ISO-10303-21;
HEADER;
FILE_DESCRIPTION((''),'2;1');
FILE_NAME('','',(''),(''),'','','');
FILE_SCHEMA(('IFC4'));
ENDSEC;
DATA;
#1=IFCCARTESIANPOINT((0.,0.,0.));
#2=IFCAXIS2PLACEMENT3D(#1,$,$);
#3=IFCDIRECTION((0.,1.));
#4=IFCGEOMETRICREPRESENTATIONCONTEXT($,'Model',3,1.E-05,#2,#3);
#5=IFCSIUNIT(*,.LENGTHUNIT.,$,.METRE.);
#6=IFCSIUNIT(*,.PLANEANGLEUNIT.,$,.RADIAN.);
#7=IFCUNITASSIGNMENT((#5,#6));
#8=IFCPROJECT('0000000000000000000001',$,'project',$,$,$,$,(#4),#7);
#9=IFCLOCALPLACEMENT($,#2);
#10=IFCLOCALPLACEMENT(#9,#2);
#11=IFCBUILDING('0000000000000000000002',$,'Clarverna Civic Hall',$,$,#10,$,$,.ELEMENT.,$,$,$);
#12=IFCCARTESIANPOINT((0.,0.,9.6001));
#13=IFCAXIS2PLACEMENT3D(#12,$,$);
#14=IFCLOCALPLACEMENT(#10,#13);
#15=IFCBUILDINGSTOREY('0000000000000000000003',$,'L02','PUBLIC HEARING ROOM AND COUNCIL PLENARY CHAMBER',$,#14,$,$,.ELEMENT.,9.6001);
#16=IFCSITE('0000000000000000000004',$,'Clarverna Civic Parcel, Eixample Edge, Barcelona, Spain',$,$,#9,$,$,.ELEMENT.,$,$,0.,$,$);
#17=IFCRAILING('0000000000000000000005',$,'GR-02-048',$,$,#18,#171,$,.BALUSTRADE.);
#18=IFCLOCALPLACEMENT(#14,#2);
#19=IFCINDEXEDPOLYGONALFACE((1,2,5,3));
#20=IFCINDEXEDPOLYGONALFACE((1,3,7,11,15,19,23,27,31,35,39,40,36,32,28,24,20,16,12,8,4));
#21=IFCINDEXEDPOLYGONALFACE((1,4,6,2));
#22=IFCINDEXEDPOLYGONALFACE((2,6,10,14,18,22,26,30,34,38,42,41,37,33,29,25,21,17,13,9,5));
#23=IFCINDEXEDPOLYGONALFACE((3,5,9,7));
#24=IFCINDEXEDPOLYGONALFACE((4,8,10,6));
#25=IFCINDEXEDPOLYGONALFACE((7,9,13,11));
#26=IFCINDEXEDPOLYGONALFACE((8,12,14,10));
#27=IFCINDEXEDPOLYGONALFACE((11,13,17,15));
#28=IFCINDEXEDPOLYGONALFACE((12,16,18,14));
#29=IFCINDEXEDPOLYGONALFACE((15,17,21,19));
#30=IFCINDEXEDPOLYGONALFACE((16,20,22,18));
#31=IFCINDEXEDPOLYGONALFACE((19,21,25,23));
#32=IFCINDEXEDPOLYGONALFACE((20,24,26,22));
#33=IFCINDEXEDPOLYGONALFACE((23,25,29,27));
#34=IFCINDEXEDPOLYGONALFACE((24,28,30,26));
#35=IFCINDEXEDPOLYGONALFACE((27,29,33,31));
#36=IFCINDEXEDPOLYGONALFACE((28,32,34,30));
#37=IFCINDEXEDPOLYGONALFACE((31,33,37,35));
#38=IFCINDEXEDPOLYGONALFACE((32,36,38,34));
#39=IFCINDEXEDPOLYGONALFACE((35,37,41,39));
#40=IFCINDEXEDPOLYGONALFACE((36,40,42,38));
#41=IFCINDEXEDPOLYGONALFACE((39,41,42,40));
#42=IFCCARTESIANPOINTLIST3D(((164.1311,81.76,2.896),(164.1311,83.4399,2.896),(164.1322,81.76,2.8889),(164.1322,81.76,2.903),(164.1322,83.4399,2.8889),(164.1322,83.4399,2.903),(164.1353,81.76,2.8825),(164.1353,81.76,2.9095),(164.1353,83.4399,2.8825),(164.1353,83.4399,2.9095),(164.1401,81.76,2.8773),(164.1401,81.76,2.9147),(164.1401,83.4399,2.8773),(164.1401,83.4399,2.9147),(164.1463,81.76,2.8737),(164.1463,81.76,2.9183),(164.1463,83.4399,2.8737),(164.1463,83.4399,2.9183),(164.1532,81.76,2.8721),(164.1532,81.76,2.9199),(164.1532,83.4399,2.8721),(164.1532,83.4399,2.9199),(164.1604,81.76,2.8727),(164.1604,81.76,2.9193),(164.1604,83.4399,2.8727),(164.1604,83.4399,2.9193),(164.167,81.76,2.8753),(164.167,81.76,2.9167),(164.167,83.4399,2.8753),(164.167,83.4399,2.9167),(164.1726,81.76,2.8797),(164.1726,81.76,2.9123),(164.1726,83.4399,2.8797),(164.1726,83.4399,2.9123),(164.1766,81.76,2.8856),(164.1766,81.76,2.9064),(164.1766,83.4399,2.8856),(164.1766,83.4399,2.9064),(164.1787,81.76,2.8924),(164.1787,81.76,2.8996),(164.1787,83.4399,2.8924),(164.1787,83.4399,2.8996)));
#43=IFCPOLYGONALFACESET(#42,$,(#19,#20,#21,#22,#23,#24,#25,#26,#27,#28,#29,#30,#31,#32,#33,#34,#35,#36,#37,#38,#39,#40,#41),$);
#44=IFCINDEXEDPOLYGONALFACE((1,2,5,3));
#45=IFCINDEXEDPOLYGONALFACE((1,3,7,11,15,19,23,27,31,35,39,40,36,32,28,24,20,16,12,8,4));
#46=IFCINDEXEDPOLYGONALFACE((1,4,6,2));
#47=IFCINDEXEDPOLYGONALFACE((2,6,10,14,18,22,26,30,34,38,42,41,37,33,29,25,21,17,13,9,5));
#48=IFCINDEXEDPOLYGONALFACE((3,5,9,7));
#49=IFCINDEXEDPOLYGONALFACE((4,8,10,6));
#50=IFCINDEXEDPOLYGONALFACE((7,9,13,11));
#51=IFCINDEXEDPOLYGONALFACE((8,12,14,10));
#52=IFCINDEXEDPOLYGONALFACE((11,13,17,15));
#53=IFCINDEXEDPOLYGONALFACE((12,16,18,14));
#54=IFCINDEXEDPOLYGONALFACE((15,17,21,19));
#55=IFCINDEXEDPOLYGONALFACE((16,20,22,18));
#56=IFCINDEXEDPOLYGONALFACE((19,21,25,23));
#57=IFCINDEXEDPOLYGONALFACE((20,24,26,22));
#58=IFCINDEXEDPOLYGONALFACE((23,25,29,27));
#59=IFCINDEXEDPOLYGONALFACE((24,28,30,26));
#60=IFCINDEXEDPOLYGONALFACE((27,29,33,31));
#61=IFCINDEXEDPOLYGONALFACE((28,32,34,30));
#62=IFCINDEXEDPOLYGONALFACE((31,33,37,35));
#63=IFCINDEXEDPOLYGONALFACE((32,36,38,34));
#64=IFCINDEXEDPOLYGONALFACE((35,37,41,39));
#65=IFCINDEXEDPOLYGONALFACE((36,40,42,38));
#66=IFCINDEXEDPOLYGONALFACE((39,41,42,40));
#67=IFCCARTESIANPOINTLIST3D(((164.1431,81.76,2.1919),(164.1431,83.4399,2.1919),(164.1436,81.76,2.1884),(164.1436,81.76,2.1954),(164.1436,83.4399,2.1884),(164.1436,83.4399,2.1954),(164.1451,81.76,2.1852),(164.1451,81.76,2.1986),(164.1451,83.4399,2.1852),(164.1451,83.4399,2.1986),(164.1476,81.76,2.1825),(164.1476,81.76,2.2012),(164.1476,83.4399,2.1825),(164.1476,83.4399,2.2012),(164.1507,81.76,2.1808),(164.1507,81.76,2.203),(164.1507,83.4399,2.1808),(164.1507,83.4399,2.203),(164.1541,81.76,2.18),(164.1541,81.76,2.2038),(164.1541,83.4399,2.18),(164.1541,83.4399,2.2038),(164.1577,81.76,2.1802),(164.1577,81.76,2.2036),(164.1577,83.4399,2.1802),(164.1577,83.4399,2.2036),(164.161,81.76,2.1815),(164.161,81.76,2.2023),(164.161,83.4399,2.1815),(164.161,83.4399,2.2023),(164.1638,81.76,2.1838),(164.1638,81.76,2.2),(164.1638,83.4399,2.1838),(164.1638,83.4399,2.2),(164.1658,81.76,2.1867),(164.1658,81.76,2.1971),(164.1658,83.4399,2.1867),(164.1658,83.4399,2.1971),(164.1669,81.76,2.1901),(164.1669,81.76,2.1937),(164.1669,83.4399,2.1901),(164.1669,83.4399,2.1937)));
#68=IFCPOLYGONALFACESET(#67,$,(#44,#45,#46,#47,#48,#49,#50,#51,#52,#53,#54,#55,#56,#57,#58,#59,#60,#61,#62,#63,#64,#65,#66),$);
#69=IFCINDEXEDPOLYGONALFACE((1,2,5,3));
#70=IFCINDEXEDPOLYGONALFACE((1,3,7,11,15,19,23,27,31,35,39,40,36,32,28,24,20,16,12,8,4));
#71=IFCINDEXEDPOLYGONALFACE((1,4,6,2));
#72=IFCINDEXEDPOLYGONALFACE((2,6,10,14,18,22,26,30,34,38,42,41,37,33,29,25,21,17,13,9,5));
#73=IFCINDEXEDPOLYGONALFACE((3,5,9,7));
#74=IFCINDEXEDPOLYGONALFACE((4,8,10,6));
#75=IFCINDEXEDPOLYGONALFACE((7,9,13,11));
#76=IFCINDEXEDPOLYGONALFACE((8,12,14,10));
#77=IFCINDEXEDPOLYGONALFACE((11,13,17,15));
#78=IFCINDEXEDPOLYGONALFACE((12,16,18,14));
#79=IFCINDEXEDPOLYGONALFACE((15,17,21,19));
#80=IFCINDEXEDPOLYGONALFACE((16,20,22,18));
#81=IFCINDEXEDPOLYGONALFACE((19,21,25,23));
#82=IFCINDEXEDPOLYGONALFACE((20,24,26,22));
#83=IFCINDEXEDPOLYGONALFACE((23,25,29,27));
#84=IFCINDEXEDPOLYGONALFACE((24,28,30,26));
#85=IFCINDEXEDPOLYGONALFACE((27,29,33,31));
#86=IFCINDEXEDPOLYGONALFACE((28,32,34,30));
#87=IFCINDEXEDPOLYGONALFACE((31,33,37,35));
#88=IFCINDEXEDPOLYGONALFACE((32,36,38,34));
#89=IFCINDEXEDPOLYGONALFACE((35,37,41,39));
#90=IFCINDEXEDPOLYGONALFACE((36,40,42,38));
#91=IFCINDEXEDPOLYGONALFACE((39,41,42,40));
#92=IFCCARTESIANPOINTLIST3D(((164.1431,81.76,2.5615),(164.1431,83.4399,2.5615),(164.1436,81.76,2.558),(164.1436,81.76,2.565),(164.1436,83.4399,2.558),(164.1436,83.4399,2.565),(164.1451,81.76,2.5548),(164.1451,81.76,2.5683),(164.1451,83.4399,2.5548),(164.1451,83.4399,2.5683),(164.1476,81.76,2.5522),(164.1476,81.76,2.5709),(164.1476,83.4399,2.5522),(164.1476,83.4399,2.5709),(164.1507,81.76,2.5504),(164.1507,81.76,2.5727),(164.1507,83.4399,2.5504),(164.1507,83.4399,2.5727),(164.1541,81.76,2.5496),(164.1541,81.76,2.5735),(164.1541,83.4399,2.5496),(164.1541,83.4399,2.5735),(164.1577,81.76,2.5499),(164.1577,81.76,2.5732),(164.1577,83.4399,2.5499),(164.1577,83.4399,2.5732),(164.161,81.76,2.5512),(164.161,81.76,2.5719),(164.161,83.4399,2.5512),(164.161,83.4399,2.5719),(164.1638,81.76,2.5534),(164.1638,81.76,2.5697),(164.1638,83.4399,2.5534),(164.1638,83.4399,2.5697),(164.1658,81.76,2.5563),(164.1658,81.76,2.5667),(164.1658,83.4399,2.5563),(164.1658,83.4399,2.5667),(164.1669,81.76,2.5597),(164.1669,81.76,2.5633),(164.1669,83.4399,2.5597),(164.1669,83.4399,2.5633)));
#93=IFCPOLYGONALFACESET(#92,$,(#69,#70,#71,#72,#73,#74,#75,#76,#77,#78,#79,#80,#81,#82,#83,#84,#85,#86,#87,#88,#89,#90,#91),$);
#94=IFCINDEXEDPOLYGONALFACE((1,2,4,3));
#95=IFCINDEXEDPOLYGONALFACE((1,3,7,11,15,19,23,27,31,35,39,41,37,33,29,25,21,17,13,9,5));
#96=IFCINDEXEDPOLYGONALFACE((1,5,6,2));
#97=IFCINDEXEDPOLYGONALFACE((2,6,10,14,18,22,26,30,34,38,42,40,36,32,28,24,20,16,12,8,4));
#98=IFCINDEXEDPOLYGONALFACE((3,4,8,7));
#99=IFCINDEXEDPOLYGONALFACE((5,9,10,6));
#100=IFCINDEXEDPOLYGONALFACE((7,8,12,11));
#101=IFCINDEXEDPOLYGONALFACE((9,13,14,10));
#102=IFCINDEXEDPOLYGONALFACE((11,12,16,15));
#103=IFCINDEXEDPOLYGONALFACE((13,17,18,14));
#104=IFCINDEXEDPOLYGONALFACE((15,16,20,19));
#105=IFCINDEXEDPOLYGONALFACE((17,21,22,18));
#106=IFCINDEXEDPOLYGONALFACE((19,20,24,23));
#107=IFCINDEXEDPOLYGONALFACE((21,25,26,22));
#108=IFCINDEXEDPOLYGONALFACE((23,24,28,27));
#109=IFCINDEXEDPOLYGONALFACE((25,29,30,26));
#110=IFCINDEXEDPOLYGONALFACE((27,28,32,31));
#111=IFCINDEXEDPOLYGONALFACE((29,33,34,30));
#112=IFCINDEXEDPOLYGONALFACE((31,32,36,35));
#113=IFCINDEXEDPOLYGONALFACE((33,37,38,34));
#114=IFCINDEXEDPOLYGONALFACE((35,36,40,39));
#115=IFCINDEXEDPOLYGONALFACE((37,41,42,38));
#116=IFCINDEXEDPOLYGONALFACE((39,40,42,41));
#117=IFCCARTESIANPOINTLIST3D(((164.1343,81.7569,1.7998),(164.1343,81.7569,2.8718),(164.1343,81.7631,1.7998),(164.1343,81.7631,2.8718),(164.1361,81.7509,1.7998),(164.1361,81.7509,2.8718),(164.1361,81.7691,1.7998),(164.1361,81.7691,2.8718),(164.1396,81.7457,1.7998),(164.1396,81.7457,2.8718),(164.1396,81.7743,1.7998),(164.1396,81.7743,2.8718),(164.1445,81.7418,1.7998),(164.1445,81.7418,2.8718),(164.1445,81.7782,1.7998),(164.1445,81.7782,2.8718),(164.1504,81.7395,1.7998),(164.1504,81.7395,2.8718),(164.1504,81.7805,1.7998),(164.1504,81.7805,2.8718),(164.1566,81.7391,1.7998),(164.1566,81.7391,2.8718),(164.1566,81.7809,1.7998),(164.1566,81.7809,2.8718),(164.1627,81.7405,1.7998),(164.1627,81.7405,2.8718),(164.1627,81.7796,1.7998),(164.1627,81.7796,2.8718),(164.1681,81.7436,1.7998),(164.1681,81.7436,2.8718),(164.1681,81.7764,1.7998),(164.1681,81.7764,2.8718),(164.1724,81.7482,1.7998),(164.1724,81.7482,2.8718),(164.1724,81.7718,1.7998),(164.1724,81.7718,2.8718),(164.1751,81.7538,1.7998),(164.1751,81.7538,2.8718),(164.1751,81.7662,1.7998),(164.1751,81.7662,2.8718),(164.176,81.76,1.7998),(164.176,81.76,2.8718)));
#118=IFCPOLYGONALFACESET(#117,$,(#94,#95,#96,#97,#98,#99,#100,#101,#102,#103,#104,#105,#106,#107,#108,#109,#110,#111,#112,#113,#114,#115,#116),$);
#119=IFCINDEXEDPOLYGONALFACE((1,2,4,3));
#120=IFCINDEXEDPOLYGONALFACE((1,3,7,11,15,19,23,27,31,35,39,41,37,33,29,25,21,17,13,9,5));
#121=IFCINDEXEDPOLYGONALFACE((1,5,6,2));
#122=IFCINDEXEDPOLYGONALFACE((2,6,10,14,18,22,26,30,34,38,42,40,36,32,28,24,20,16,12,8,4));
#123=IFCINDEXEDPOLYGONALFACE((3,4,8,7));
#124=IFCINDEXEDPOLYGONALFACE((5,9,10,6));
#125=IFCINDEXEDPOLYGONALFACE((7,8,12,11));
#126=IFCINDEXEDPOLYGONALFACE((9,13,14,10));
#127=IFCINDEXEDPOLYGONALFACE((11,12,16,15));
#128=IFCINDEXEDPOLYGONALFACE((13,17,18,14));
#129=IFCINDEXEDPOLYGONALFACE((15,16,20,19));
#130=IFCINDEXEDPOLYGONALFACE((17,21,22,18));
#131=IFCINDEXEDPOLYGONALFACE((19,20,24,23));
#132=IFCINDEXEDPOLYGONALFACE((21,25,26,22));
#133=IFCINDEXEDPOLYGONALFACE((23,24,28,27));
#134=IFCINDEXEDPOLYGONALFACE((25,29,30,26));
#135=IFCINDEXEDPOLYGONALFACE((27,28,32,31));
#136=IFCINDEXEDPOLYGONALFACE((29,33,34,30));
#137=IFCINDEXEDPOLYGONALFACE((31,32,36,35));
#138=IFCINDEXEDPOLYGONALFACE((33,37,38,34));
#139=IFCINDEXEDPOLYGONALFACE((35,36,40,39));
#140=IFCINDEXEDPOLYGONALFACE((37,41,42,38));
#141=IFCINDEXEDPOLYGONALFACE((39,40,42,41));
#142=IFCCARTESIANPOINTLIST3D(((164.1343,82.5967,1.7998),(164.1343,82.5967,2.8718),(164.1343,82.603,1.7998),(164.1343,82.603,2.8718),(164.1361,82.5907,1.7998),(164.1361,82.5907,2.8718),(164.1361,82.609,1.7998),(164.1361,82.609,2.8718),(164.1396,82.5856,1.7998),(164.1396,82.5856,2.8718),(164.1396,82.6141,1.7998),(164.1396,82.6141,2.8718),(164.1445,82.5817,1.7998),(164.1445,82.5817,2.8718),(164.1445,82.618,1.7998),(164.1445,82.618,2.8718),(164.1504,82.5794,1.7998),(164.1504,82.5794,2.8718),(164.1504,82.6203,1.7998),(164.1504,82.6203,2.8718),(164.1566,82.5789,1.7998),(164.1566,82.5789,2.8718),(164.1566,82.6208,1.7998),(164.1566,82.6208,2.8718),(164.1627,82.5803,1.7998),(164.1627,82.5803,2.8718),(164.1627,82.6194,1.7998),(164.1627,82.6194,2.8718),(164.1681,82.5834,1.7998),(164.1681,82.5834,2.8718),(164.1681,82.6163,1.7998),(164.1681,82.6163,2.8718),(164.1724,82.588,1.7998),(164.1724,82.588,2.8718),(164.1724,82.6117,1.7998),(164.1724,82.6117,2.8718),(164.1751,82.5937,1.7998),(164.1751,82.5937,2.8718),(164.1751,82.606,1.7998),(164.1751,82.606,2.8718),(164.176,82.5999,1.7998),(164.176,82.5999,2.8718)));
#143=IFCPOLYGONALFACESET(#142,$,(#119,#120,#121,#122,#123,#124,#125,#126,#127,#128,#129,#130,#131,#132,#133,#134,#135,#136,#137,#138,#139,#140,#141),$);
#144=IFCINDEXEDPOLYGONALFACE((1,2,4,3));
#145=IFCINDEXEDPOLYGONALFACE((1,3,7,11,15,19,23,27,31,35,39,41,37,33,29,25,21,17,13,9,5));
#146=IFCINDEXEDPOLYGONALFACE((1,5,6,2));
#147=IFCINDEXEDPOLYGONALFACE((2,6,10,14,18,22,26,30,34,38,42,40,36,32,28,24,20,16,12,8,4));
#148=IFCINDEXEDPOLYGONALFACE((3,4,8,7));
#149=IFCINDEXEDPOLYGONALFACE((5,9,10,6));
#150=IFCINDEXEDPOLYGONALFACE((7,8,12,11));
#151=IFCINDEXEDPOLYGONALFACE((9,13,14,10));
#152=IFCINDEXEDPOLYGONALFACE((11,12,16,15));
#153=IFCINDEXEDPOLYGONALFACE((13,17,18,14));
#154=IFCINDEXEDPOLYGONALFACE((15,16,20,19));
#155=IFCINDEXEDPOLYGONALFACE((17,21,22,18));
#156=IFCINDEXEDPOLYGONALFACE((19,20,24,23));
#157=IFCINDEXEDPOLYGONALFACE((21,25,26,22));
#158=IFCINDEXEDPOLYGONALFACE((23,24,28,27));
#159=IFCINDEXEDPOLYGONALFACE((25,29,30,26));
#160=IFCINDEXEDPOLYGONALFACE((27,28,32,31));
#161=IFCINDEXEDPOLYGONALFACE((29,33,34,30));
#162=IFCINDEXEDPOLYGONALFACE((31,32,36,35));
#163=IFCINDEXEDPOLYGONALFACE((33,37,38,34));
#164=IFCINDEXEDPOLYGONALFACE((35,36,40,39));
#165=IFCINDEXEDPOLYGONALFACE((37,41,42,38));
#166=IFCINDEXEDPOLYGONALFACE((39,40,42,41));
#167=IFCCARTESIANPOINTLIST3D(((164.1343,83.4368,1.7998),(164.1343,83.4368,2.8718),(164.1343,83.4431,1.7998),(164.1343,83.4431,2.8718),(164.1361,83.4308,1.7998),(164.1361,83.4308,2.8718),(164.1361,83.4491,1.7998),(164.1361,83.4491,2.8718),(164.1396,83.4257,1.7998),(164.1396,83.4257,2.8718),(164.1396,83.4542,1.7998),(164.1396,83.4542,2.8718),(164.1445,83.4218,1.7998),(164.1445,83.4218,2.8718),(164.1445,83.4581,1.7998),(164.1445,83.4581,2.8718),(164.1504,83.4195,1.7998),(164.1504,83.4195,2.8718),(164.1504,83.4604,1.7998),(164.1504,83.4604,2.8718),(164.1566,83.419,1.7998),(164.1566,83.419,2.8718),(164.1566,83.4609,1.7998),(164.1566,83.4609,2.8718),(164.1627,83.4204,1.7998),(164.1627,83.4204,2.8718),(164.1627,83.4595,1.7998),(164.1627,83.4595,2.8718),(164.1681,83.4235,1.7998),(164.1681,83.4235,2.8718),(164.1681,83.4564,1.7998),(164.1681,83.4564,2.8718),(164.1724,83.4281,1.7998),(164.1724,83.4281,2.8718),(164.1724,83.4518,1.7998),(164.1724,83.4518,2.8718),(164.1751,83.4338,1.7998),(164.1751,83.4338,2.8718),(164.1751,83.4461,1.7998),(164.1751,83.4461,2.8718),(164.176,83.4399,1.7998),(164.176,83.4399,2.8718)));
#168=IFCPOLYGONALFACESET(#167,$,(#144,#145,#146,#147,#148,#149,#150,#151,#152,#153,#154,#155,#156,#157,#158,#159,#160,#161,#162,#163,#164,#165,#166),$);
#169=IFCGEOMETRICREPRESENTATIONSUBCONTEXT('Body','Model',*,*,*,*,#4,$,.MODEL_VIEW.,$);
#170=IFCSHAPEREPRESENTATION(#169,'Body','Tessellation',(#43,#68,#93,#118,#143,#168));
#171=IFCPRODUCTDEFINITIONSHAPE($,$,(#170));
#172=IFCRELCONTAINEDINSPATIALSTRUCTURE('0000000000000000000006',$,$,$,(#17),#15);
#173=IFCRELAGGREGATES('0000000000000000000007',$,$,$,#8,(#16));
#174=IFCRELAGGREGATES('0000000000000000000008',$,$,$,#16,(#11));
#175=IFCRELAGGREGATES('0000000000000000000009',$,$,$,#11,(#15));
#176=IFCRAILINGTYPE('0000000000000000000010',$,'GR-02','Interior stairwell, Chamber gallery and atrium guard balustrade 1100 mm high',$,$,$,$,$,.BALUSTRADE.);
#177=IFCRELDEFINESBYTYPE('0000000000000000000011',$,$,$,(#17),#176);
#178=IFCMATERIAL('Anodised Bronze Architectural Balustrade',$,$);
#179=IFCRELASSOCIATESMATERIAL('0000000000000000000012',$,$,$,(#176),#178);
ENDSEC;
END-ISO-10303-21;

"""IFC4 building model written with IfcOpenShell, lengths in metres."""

from ifc_helpers import new_model, si_unit, direction, frame, origin, origin_2d, place, context, subcontext, project, spatial, circle, extrude, material, type_object, element, save


model = new_model("IFC4")

# Units and contexts
model_context = context("Model", 3, precision=1e-05, world=origin(), true_north=direction((0.0, 1.0)))
body_context = subcontext(model_context, "Body", "Model", "MODEL_VIEW")
ifc_project = project(units=[si_unit("LENGTHUNIT", "METRE"), si_unit("PLANEANGLEUNIT", "RADIAN")], contexts=[model_context])

# Site, building, storey
site_placement = place(None, origin())
site = spatial("IfcSite", under=ifc_project, at=site_placement, Name="Clarverna Civic Parcel, Eixample Edge, Barcelona, Spain", CompositionType="ELEMENT", RefElevation=0.0)
building_placement = place(site_placement, origin())
building = spatial("IfcBuilding", under=site, at=building_placement, Name="Clarverna Civic Hall", CompositionType="ELEMENT")
storey_placement = place(building_placement, frame((0.0, 0.0, 9.6001)))
storey = spatial("IfcBuildingStorey", under=building, at=storey_placement, Name="L02", Description="PUBLIC HEARING ROOM AND COUNCIL PLENARY CHAMBER", CompositionType="ELEMENT", Elevation=9.6001)

# Railing
ifc_material_1 = material(Name="Anodised Bronze Architectural Balustrade")
railing_type_1 = type_object("IfcRailingType", Name="GR-02", Description="Interior stairwell, Chamber gallery and atrium guard balustrade 1100 mm high", PredefinedType="BALUSTRADE", material=ifc_material_1)
railing_1_placement = place(storey_placement, frame((164.155, 81.76, 1.7998)))
element("IfcRailing", 1, at=railing_1_placement, inside=storey, type_object=railing_type_1, Name="GR-02-048", PredefinedType="BALUSTRADE", context=body_context, shape_type="SweptSolid", body=[
    extrude(circle(Radius=0.0239, at=origin_2d()), frame((0.0, 0.0, 1.0962), z_axis=(0.0, 1.0, 0.0), x_axis=(-1.0, 0.0, 0.0)), (0.0, 0.0, 1.0), 1.6799),
    extrude(circle(Radius=0.012, at=origin_2d()), frame((0.0, 0.0, 0.3921), z_axis=(0.0, 1.0, 0.0), x_axis=(-1.0, 0.0, 0.0)), (0.0, 0.0, 1.0), 1.6799),
    extrude(circle(Radius=0.012, at=origin_2d()), frame((0.0, 0.0, 0.7617), z_axis=(0.0, 1.0, 0.0), x_axis=(-1.0, 0.0, 0.0)), (0.0, 0.0, 1.0), 1.6799),
    extrude(circle(Radius=0.021, at=origin_2d()), origin(), (0.0, 0.0, 1.0), 1.072),
    extrude(circle(Radius=0.021, at=origin_2d()), frame((0.0, 0.8398, 0.0)), (0.0, 0.0, 1.0), 1.072),
    extrude(circle(Radius=0.021, at=origin_2d()), frame((0.0, 1.6799, 0.0)), (0.0, 0.0, 1.0), 1.072),
])

save(model, "model.ifc")
